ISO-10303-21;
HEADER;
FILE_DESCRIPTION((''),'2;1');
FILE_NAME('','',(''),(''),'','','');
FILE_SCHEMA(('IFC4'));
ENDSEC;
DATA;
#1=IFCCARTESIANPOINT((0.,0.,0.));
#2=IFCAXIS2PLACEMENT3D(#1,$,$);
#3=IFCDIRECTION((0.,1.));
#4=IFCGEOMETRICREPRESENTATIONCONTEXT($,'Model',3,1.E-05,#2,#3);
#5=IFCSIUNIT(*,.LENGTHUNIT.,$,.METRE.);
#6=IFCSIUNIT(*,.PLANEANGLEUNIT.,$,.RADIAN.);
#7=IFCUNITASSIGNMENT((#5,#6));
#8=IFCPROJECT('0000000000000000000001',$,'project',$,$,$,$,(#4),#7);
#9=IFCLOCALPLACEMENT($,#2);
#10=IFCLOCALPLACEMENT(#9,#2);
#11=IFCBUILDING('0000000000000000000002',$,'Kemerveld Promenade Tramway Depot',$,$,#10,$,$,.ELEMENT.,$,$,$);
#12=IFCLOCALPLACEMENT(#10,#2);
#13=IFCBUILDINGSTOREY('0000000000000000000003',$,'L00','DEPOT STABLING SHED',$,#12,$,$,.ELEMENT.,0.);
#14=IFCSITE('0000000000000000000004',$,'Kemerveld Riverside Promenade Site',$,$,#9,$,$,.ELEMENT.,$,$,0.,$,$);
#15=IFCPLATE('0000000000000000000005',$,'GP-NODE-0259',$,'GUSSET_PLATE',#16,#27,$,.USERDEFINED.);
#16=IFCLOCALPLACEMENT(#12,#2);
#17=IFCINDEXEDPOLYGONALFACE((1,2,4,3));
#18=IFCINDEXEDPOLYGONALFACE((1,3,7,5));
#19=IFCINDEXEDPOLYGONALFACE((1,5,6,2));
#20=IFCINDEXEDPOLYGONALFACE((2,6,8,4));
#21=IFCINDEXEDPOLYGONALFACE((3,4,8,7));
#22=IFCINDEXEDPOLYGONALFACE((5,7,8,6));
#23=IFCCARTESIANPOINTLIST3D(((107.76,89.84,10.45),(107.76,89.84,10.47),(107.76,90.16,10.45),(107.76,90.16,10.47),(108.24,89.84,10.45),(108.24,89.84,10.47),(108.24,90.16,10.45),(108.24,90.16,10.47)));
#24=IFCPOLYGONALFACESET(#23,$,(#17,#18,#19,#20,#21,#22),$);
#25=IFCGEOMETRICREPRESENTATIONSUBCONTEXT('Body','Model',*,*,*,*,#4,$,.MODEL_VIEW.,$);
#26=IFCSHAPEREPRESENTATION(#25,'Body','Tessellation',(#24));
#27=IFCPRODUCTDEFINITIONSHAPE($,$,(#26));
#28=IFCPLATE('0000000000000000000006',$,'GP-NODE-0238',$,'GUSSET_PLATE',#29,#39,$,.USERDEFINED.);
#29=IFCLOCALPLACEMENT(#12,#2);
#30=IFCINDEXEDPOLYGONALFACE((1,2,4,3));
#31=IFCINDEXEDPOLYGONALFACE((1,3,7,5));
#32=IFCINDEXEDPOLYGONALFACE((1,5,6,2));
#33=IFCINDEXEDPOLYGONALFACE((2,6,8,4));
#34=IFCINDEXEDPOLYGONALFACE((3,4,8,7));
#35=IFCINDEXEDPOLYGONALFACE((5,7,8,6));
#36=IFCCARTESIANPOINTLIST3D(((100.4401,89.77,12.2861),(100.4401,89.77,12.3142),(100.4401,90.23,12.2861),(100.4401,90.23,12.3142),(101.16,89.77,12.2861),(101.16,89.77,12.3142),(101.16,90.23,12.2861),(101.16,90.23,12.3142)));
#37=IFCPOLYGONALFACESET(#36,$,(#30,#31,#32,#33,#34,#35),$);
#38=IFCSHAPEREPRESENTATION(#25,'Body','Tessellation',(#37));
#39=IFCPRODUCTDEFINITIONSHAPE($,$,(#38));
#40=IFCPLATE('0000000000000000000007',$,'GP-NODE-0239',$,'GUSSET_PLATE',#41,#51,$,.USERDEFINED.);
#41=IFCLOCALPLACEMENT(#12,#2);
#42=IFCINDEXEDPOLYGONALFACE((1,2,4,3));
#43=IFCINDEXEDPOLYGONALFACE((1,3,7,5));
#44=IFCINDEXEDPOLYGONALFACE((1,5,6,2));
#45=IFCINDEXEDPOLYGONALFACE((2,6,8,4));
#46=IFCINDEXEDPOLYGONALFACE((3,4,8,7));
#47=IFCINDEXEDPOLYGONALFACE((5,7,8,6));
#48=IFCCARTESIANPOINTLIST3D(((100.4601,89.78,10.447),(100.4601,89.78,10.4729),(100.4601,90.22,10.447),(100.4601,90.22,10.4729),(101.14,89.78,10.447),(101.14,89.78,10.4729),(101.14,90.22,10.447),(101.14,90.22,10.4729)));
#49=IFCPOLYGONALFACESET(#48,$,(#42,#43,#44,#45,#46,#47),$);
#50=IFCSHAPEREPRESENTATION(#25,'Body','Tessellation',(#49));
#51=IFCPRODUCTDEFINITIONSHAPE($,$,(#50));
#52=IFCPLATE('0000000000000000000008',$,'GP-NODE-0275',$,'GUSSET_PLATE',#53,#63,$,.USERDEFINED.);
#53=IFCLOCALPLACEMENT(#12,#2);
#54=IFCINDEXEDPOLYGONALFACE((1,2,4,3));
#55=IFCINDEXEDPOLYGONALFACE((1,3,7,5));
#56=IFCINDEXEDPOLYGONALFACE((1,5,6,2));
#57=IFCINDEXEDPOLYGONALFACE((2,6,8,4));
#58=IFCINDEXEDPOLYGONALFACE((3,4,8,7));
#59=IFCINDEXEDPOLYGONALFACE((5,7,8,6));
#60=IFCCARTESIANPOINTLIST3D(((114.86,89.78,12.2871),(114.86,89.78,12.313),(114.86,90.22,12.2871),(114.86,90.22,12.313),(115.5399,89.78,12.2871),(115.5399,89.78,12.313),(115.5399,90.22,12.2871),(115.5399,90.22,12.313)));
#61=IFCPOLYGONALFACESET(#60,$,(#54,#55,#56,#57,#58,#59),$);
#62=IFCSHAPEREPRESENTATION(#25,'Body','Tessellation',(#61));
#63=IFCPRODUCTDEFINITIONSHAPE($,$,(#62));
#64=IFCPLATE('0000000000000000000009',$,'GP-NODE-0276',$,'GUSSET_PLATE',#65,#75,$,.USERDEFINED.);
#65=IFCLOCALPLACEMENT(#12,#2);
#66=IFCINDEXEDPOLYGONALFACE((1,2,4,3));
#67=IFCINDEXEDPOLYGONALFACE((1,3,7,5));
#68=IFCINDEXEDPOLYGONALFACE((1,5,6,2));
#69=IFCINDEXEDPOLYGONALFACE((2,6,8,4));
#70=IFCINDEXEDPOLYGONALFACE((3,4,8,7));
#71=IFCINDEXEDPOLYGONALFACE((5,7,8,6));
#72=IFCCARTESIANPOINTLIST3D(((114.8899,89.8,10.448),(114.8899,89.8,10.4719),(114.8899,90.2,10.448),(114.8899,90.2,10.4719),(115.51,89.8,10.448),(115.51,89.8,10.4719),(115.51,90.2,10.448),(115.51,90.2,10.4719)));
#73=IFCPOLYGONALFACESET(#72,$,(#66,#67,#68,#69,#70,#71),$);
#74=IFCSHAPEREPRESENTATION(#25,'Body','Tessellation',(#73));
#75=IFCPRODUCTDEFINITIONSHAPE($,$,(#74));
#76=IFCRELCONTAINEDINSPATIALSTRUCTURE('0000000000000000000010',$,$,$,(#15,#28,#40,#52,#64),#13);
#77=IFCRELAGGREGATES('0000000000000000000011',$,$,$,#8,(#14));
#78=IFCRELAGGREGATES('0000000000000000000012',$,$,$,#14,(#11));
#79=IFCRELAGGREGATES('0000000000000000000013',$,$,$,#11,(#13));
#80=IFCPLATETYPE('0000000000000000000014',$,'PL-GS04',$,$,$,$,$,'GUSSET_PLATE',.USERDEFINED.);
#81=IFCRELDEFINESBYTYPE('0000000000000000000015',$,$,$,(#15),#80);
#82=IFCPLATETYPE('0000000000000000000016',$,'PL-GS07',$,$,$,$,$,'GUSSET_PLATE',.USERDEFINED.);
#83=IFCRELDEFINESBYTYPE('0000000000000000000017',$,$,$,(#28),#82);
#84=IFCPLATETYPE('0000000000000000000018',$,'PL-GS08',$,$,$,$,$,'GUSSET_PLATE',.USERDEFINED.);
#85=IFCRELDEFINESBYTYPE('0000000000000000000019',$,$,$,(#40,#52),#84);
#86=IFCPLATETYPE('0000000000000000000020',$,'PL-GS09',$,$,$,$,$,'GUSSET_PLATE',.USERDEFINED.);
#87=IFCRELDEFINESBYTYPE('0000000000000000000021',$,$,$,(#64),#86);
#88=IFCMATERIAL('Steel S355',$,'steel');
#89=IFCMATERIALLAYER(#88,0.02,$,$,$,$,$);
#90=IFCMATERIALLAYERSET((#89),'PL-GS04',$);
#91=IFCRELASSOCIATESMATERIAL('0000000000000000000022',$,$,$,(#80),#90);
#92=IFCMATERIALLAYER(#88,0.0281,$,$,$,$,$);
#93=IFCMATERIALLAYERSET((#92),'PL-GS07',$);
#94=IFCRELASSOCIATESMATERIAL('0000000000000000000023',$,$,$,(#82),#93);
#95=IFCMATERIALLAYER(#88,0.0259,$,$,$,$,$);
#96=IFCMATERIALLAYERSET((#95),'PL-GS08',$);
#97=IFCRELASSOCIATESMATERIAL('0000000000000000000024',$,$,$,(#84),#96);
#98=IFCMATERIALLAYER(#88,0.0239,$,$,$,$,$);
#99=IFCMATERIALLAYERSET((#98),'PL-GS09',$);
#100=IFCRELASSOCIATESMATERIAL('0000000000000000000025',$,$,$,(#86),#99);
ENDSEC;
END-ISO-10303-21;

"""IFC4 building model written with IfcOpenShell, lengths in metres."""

from ifc_helpers import new_model, si_unit, direction, frame, origin, origin_2d, place, context, subcontext, project, spatial, rectangle, extrude, material, layer, layer_set, type_object, element, save


model = new_model("IFC4")

# Units and contexts
model_context = context("Model", 3, precision=1e-05, world=origin(), true_north=direction((0.0, 1.0)))
body_context = subcontext(model_context, "Body", "Model", "MODEL_VIEW")
ifc_project = project(units=[si_unit("LENGTHUNIT", "METRE"), si_unit("PLANEANGLEUNIT", "RADIAN")], contexts=[model_context])

# Site, building, storey
site_placement = place(None, origin())
site = spatial("IfcSite", under=ifc_project, at=site_placement, Name="Kemerveld Riverside Promenade Site", CompositionType="ELEMENT", RefElevation=0.0)
building_placement = place(site_placement, origin())
building = spatial("IfcBuilding", under=site, at=building_placement, Name="Kemerveld Promenade Tramway Depot", CompositionType="ELEMENT")
storey_placement = place(building_placement, origin())
storey = spatial("IfcBuildingStorey", under=building, at=storey_placement, Name="L00", Description="DEPOT STABLING SHED", CompositionType="ELEMENT", Elevation=0.0)

# Shared definitions
ifc_material_1 = material(Name="Steel S355", Category="steel")

# Plates
ifc_layer_1 = layer(ifc_material_1, 0.02)
ifc_layer_set_1 = layer_set([ifc_layer_1], Name="PL-GS04")
plate_type_1 = type_object("IfcPlateType", Name="PL-GS04", ElementType="GUSSET_PLATE", PredefinedType="USERDEFINED", material=ifc_layer_set_1)
plate_1_placement = place(storey_placement, frame((108.0, 90.0, 10.45), z_axis=(0.0, 0.0, 1.0), x_axis=(1.0, 0.0, 0.0)))
element("IfcPlate", 1, at=plate_1_placement, inside=storey, type_object=plate_type_1, Name="GP-NODE-0259", ObjectType="GUSSET_PLATE", PredefinedType="USERDEFINED", context=body_context, shape_type="SweptSolid", body=[
    extrude(rectangle(XDim=0.48, YDim=0.3201, at=origin_2d()), origin(), (0.0, 0.0, 1.0), 0.02),
])
ifc_layer_2 = layer(ifc_material_1, 0.0281)
ifc_layer_set_2 = layer_set([ifc_layer_2], Name="PL-GS07")
plate_type_2 = type_object("IfcPlateType", Name="PL-GS07", ElementType="GUSSET_PLATE", PredefinedType="USERDEFINED", material=ifc_layer_set_2)
plate_2_placement = place(storey_placement, frame((100.8, 90.0, 12.2861), z_axis=(0.0, 0.0, 1.0), x_axis=(1.0, 0.0, 0.0)))
element("IfcPlate", 2, at=plate_2_placement, inside=storey, type_object=plate_type_2, Name="GP-NODE-0238", ObjectType="GUSSET_PLATE", PredefinedType="USERDEFINED", context=body_context, shape_type="SweptSolid", body=[
    extrude(rectangle(XDim=0.72, YDim=0.46, at=origin_2d()), origin(), (0.0, 0.0, 1.0), 0.0281),
])
ifc_layer_3 = layer(ifc_material_1, 0.0259)
ifc_layer_set_3 = layer_set([ifc_layer_3], Name="PL-GS08")
plate_type_3 = type_object("IfcPlateType", Name="PL-GS08", ElementType="GUSSET_PLATE", PredefinedType="USERDEFINED", material=ifc_layer_set_3)
for number, where, z_axis, x_axis, name in (
    (3, (100.8, 90.0, 10.447), (0.0, 0.0, 1.0), (1.0, 0.0, 0.0), "GP-NODE-0239"),
    (4, (115.2, 90.0, 12.2871), (0.0, 0.0, 1.0), (1.0, 0.0, 0.0), "GP-NODE-0275"),
):
    element("IfcPlate", number, at=place(storey_placement, frame(where, z_axis=z_axis, x_axis=x_axis)), inside=storey, type_object=plate_type_3, Name=name, ObjectType="GUSSET_PLATE", PredefinedType="USERDEFINED", context=body_context, shape_type="SweptSolid", body=[
        extrude(rectangle(XDim=0.6799, YDim=0.4399, at=origin_2d()), origin(), (0.0, 0.0, 1.0), 0.0259),
    ])
ifc_layer_4 = layer(ifc_material_1, 0.0239)
ifc_layer_set_4 = layer_set([ifc_layer_4], Name="PL-GS09")
plate_type_4 = type_object("IfcPlateType", Name="PL-GS09", ElementType="GUSSET_PLATE", PredefinedType="USERDEFINED", material=ifc_layer_set_4)
plate_3_placement = place(storey_placement, frame((115.2, 90.0, 10.448), z_axis=(0.0, 0.0, 1.0), x_axis=(1.0, 0.0, 0.0)))
element("IfcPlate", 5, at=plate_3_placement, inside=storey, type_object=plate_type_4, Name="GP-NODE-0276", ObjectType="GUSSET_PLATE", PredefinedType="USERDEFINED", context=body_context, shape_type="SweptSolid", body=[
    extrude(rectangle(XDim=0.6201, YDim=0.3999, at=origin_2d()), origin(), (0.0, 0.0, 1.0), 0.0239),
])

save(model, "model.ifc")
